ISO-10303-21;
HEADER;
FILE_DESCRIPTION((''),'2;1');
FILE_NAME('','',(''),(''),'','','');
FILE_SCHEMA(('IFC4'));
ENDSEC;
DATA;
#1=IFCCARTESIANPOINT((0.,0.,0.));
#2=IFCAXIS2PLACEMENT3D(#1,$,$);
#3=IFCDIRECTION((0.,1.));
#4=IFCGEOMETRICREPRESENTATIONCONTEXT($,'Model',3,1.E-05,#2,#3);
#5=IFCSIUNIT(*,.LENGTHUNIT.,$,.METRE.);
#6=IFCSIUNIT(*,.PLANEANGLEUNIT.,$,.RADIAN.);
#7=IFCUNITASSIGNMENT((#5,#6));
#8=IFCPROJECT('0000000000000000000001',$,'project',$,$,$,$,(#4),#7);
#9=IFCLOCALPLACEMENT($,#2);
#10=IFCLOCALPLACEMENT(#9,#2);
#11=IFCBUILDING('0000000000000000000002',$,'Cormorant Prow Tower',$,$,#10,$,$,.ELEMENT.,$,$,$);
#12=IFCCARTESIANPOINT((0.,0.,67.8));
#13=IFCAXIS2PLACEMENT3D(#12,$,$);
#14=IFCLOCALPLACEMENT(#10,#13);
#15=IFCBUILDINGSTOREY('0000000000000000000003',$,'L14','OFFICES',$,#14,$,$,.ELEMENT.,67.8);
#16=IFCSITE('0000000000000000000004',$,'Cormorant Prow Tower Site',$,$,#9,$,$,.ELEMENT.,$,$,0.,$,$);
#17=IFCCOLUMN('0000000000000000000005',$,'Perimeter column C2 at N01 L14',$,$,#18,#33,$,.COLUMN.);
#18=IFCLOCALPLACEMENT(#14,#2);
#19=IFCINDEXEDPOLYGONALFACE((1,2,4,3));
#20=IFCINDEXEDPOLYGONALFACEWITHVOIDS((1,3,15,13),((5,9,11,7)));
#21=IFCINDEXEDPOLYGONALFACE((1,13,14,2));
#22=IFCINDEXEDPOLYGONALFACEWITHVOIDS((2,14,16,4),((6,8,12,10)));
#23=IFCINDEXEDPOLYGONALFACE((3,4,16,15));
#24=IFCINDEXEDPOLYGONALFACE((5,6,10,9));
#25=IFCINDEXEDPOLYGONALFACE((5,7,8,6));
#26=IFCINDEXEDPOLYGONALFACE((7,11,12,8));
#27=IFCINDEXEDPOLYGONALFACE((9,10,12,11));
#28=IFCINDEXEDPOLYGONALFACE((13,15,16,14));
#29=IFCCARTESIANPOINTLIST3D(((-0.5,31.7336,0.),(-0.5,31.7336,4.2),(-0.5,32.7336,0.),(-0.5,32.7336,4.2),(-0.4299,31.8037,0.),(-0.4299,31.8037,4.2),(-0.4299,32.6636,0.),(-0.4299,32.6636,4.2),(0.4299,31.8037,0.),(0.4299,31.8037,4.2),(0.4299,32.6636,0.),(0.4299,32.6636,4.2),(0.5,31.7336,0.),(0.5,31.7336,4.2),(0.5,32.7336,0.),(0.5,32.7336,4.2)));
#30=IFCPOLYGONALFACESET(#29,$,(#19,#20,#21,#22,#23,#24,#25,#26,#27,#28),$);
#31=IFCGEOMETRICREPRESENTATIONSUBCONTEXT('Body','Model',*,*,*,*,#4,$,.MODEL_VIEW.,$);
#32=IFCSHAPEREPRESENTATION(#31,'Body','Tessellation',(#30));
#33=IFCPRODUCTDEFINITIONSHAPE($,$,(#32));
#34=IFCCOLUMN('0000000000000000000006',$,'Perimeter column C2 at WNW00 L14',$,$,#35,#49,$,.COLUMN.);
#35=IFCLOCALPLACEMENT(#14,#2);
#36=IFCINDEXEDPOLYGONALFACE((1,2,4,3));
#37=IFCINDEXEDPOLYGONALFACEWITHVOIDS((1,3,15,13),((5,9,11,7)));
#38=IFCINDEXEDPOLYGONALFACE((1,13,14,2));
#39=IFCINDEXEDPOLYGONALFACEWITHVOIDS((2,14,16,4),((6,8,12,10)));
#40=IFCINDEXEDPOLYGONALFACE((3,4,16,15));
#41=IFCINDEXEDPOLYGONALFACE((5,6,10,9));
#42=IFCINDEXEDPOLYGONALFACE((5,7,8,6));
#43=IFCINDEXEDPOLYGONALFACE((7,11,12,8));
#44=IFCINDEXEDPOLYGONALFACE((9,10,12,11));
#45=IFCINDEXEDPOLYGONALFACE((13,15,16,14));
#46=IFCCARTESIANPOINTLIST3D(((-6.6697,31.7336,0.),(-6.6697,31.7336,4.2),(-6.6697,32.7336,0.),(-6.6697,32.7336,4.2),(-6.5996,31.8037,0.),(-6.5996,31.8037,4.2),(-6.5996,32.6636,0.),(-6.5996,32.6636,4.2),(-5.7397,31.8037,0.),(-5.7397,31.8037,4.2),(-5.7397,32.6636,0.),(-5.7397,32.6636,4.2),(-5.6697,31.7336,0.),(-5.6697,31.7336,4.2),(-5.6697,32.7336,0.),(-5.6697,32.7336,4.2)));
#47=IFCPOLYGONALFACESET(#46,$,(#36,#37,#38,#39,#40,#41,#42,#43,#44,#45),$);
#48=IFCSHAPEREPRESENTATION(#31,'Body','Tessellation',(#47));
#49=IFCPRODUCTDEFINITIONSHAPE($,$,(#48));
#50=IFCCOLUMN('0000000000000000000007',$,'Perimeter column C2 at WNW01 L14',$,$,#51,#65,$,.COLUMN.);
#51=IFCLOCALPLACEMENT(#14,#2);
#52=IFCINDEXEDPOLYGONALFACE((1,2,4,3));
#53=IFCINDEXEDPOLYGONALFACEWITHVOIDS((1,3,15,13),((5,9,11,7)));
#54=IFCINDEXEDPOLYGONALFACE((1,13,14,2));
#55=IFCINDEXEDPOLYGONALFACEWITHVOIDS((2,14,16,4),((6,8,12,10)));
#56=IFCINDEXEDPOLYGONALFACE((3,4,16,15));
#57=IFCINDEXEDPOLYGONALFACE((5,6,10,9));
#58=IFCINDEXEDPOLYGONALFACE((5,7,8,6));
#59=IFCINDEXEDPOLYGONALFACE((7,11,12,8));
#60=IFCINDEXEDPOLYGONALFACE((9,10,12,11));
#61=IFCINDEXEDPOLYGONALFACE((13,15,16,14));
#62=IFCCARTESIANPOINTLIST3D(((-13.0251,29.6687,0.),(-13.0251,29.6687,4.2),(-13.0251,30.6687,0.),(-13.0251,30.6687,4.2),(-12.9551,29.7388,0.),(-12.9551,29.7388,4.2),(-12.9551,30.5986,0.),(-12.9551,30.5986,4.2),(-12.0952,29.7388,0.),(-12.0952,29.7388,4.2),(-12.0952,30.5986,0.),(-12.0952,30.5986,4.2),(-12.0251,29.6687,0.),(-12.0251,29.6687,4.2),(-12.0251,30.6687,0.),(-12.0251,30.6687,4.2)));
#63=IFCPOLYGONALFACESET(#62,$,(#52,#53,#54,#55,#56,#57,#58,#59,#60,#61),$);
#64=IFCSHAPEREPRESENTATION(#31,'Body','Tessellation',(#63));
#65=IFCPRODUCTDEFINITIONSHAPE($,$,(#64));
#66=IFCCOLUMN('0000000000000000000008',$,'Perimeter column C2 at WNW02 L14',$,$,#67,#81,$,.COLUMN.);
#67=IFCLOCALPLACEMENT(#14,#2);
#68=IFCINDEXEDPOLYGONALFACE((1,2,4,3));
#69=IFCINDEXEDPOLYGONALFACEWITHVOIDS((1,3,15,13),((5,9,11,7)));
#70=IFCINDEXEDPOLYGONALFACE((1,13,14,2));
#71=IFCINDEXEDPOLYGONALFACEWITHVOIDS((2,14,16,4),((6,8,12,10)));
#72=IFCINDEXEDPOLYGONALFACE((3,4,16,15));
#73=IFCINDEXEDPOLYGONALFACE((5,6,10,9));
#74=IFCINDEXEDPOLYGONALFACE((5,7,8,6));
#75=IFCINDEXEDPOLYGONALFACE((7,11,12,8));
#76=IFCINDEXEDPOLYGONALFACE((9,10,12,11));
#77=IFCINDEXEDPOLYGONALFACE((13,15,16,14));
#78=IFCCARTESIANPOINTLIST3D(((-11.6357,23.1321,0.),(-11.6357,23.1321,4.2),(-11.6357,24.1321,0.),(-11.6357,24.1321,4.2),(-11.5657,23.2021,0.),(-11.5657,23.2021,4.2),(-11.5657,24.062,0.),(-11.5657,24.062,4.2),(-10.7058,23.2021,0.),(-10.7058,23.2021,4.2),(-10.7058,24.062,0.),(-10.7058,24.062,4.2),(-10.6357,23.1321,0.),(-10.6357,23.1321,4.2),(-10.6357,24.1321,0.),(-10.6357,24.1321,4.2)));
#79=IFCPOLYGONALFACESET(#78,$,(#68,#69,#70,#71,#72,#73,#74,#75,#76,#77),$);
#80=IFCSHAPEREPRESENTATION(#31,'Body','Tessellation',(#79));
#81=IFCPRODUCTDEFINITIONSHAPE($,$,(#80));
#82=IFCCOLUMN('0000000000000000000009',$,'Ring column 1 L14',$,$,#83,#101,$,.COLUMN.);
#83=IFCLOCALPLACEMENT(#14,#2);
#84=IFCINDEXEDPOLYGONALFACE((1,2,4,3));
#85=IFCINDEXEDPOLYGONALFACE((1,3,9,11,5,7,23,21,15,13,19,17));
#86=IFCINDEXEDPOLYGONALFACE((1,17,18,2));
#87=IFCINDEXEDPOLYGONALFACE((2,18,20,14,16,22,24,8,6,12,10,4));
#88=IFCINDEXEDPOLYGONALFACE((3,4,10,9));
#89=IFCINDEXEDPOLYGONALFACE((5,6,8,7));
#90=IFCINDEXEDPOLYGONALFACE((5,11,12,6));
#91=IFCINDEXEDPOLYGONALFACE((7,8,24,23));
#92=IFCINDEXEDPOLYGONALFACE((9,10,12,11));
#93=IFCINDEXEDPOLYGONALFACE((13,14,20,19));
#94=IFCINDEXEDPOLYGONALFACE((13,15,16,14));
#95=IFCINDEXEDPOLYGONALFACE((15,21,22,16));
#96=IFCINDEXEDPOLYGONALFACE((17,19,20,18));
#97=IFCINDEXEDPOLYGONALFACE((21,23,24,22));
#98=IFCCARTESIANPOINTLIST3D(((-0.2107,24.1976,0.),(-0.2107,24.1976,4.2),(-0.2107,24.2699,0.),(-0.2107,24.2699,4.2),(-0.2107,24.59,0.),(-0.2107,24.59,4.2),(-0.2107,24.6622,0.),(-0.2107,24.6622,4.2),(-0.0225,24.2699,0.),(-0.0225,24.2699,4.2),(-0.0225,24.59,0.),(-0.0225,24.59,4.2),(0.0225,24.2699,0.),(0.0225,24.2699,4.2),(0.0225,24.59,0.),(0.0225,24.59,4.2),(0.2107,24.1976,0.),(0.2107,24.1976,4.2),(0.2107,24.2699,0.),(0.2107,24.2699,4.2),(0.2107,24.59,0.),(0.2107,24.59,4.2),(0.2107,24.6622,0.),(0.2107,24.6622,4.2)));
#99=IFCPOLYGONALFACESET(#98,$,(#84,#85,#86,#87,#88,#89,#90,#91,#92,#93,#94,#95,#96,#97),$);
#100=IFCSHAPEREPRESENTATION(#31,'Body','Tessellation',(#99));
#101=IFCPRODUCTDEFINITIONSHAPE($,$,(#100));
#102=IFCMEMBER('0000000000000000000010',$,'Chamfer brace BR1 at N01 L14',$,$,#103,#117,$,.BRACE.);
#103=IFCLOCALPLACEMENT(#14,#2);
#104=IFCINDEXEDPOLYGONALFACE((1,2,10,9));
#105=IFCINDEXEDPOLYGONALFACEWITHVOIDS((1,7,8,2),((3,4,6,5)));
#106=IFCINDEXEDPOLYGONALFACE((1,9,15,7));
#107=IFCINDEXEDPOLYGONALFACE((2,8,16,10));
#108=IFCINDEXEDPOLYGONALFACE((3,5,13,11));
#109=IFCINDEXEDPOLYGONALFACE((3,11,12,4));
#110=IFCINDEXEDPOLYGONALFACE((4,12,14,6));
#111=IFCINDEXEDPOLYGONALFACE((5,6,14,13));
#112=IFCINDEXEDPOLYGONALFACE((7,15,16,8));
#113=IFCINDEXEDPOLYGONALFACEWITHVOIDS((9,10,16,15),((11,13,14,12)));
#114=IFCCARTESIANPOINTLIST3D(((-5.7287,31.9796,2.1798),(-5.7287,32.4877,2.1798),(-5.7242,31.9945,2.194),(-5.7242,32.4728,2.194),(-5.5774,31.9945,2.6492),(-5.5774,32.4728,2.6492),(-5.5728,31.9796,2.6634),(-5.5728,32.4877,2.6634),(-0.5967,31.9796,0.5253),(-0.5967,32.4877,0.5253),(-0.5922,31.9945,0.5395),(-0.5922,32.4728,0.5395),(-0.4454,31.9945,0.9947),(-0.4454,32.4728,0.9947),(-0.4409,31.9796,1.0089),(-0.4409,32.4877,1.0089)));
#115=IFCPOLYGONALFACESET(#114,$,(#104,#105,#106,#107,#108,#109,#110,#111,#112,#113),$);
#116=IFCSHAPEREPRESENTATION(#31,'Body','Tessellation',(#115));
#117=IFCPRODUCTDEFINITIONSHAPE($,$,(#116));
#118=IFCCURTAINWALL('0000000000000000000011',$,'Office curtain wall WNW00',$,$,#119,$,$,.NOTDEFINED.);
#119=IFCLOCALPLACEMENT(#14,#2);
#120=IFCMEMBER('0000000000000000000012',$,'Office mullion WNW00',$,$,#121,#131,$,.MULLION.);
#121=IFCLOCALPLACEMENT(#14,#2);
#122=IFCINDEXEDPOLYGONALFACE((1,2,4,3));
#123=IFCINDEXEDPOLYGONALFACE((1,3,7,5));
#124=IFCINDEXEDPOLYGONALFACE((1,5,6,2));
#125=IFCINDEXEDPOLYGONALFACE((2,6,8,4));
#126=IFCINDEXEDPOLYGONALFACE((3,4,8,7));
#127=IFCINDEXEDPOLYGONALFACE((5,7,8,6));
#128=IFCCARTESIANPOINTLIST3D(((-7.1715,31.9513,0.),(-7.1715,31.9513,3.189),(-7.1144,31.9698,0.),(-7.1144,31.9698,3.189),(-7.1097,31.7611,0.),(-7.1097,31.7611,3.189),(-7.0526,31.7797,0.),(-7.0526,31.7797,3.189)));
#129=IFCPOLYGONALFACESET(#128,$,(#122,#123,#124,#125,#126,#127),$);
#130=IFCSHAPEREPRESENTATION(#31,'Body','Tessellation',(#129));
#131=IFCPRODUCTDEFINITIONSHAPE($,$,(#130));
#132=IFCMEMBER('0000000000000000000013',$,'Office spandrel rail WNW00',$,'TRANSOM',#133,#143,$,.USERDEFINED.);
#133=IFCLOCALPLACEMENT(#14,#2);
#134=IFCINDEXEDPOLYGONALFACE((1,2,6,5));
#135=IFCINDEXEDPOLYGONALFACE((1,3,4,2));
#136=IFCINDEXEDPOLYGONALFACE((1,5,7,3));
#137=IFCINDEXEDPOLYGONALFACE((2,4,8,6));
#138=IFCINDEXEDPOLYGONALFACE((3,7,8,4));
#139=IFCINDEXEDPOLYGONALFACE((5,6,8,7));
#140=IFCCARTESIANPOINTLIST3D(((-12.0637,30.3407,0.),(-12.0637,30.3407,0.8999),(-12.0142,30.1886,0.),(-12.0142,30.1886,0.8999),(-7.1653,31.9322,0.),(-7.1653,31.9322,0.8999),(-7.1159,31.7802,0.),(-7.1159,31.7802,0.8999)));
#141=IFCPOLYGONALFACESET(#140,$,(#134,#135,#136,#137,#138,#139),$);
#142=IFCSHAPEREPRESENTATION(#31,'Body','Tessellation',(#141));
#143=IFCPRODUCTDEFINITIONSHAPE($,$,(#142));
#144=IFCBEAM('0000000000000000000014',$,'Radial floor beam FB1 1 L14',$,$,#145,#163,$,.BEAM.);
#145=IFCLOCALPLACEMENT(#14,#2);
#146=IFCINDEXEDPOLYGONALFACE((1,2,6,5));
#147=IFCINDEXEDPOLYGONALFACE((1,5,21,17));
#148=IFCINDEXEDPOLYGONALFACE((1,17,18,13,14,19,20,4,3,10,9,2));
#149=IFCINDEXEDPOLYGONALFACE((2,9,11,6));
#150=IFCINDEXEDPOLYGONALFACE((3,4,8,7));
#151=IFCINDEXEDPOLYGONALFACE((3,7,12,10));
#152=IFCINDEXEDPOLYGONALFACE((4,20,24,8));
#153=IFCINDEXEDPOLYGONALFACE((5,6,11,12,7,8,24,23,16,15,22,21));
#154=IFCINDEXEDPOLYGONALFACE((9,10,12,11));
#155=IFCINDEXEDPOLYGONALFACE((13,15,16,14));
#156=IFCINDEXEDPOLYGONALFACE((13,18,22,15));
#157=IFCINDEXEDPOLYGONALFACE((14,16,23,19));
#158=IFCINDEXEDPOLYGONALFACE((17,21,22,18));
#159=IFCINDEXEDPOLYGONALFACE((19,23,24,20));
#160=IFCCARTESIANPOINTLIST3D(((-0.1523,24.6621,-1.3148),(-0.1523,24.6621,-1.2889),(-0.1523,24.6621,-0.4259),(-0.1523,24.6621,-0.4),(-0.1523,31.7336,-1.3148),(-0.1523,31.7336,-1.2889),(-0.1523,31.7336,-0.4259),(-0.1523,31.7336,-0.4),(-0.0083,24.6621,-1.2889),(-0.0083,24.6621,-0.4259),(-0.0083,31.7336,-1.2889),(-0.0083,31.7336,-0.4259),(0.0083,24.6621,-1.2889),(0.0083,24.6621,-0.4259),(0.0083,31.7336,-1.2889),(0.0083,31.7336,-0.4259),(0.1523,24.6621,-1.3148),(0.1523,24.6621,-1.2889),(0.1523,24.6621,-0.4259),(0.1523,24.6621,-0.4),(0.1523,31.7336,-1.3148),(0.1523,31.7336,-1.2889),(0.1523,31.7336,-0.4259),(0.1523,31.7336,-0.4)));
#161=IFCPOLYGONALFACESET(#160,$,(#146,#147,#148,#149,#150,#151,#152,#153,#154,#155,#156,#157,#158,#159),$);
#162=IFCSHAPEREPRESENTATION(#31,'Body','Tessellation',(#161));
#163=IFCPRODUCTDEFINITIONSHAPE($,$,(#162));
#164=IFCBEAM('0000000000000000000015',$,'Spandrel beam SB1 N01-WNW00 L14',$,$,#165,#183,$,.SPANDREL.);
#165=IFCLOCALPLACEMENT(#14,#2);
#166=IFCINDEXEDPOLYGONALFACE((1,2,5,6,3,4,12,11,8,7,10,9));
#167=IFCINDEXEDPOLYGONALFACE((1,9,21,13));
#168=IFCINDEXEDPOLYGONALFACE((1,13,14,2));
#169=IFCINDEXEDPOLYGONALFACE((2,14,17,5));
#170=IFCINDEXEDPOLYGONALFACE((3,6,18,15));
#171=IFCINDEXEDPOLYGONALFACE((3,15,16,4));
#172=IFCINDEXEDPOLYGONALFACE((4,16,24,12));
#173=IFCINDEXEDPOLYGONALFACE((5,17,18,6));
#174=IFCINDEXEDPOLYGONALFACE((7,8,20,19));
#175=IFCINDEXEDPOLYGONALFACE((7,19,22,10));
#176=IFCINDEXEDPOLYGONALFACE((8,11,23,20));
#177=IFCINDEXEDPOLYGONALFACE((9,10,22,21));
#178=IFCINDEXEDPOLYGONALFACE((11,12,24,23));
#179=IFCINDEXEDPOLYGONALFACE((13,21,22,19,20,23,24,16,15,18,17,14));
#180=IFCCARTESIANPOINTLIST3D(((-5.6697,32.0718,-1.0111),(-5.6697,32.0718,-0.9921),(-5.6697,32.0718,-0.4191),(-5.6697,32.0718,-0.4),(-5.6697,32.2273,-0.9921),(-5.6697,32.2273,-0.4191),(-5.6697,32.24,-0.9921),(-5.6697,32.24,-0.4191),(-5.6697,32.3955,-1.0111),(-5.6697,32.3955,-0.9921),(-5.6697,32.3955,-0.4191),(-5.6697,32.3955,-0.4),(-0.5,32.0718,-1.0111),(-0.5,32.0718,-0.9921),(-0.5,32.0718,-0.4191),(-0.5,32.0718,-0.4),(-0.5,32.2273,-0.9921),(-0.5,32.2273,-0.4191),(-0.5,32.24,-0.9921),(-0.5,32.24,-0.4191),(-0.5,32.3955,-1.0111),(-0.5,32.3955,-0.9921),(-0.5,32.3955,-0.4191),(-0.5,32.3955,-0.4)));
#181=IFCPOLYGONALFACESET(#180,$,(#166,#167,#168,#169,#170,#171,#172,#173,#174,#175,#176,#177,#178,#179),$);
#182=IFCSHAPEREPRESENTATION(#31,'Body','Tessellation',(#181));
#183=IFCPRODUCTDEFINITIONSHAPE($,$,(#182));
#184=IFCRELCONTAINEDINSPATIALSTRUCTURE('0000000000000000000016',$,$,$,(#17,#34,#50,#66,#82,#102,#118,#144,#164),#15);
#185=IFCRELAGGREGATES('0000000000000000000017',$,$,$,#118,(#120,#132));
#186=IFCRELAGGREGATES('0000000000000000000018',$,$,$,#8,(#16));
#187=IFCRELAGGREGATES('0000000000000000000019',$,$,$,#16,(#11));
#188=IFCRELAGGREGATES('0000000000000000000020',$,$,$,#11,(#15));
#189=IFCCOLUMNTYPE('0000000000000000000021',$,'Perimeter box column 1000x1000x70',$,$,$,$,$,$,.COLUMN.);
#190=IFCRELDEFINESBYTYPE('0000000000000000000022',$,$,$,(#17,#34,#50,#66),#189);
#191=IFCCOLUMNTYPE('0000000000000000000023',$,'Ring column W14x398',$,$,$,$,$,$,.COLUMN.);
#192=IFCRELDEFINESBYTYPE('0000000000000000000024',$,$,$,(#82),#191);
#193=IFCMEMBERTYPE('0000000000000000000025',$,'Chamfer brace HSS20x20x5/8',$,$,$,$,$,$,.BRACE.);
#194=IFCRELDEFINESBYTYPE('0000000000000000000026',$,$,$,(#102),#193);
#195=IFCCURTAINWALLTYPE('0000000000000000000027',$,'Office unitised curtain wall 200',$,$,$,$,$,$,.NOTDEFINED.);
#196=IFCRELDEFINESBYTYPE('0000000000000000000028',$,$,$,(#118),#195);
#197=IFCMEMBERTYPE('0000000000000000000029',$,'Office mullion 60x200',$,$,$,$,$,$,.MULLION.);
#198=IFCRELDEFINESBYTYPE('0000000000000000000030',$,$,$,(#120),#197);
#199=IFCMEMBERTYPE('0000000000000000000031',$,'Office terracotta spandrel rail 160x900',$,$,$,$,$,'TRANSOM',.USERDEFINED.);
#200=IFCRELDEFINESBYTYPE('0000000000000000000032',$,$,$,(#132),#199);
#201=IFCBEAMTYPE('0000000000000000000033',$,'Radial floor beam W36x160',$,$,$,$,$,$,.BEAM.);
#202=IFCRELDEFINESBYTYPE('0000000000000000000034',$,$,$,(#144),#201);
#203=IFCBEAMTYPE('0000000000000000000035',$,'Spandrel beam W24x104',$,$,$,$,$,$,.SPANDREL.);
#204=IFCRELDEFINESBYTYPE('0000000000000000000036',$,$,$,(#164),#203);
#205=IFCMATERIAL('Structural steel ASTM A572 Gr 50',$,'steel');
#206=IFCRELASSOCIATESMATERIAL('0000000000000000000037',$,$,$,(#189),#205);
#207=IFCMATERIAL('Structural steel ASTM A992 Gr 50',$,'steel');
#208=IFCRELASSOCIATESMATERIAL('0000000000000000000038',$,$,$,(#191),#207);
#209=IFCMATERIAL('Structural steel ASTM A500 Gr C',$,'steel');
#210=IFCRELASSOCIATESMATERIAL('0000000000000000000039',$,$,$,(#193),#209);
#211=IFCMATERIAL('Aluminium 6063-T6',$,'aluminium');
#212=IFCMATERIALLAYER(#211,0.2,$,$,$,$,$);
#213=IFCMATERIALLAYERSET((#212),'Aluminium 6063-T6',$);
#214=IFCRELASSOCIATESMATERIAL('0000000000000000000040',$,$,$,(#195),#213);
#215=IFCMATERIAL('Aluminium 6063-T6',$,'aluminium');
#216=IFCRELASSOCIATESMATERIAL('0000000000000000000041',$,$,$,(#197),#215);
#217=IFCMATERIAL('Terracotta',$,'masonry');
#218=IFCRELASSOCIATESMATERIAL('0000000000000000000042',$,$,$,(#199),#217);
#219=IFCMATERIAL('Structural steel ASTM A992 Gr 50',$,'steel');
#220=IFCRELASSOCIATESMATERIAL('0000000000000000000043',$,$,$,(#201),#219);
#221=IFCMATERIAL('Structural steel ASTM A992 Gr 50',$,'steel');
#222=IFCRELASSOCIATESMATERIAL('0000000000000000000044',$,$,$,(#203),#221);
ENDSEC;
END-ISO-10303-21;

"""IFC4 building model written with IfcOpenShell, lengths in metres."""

from ifc_helpers import new_model, si_unit, direction, frame, origin, origin_2d, place, context, subcontext, project, spatial, rectangle, hollow_rectangle, i_section, extrude, material, layer, layer_set, material_profile, profile_set, type_object, element, aggregate, save


model = new_model("IFC4")

# Units and contexts
model_context = context("Model", 3, precision=1e-05, world=origin(), true_north=direction((0.0, 1.0)))
body_context = subcontext(model_context, "Body", "Model", "MODEL_VIEW")
ifc_project = project(units=[si_unit("LENGTHUNIT", "METRE"), si_unit("PLANEANGLEUNIT", "RADIAN")], contexts=[model_context])

# Site, building, storey
site_placement = place(None, origin())
site = spatial("IfcSite", under=ifc_project, at=site_placement, Name="Cormorant Prow Tower Site", CompositionType="ELEMENT", RefElevation=0.0)
building_placement = place(site_placement, origin())
building = spatial("IfcBuilding", under=site, at=building_placement, Name="Cormorant Prow Tower", CompositionType="ELEMENT")
storey_placement = place(building_placement, frame((0.0, 0.0, 67.8)))
storey = spatial("IfcBuildingStorey", under=building, at=storey_placement, Name="L14", Description="OFFICES", CompositionType="ELEMENT", Elevation=67.8)

# Columns
ifc_material_1 = material(Name="Structural steel ASTM A572 Gr 50", Category="steel")
ifc_material_profile_1 = material_profile(ifc_material_1, hollow_rectangle(XDim=1.0, YDim=1.0, WallThickness=0.0701, at=origin_2d()), Name="Box 1000x1000x70")
ifc_profile_set_1 = profile_set([ifc_material_profile_1], Name="Structural steel ASTM A572 Gr 50")
column_type_1 = type_object("IfcColumnType", Name="Perimeter box column 1000x1000x70", PredefinedType="COLUMN", material=ifc_profile_set_1)
for number, where, z_axis, x_axis, name in (
    (1, (0.0, 32.2336, 0.0), (0.0, 0.0, 1.0), (1.0, 0.0, 0.0), "Perimeter column C2 at N01 L14"),
    (2, (-6.1697, 32.2336, 0.0), (0.0, 0.0, 1.0), (1.0, 0.0, 0.0), "Perimeter column C2 at WNW00 L14"),
    (3, (-12.5251, 30.1687, 0.0), (0.0, 0.0, 1.0), (1.0, 0.0, 0.0), "Perimeter column C2 at WNW01 L14"),
    (4, (-11.1357, 23.6321, 0.0), (0.0, 0.0, 1.0), (1.0, 0.0, 0.0), "Perimeter column C2 at WNW02 L14"),
):
    element("IfcColumn", number, at=place(storey_placement, frame(where, z_axis=z_axis, x_axis=x_axis)), inside=storey, type_object=column_type_1, Name=name, PredefinedType="COLUMN", context=body_context, shape_type="SweptSolid", body=[
        extrude(hollow_rectangle(XDim=1.0, YDim=1.0, WallThickness=0.0701, at=origin_2d()), origin(), (0.0, 0.0, 1.0), 4.2),
    ])
ifc_material_2 = material(Name="Structural steel ASTM A992 Gr 50", Category="steel")
ifc_material_profile_2 = material_profile(ifc_material_2, i_section(OverallWidth=0.4214, OverallDepth=0.4646, WebThickness=0.0449, FlangeThickness=0.0723, at=origin_2d()), Name="W14x398")
ifc_profile_set_2 = profile_set([ifc_material_profile_2], Name="Structural steel ASTM A992 Gr 50")
column_type_2 = type_object("IfcColumnType", Name="Ring column W14x398", PredefinedType="COLUMN", material=ifc_profile_set_2)
column_placement = place(storey_placement, frame((0.0, 24.4299, 0.0), z_axis=(0.0, 0.0, 1.0), x_axis=(1.0, 0.0, 0.0)))
element("IfcColumn", 5, at=column_placement, inside=storey, type_object=column_type_2, Name="Ring column 1 L14", PredefinedType="COLUMN", context=body_context, shape_type="SweptSolid", body=[
    extrude(i_section(OverallWidth=0.4214, OverallDepth=0.4646, WebThickness=0.0449, FlangeThickness=0.0723, at=origin_2d()), origin(), (0.0, 0.0, 1.0), 4.2),
])

# Member
ifc_material_3 = material(Name="Structural steel ASTM A500 Gr C", Category="steel")
ifc_material_profile_3 = material_profile(ifc_material_3, hollow_rectangle(XDim=0.5081, YDim=0.5081, WallThickness=0.0149, at=origin_2d()), Name="HSS20x20x5/8")
ifc_profile_set_3 = profile_set([ifc_material_profile_3], Name="Structural steel ASTM A500 Gr C")
member_type_1 = type_object("IfcMemberType", Name="Chamfer brace HSS20x20x5/8", PredefinedType="BRACE", material=ifc_profile_set_3)
member_1_placement = place(storey_placement, frame((-0.5188, 32.2336, 0.7671), z_axis=(-0.951761, 0.0, 0.30684), x_axis=(0.0, -1.0, 0.0)))
element("IfcMember", 6, at=member_1_placement, inside=storey, type_object=member_type_1, Name="Chamfer brace BR1 at N01 L14", PredefinedType="BRACE", context=body_context, shape_type="SweptSolid", body=[
    extrude(hollow_rectangle(XDim=0.5081, YDim=0.5081, WallThickness=0.0149, at=origin_2d()), origin(), (0.0, 0.0, 1.0), 5.3921),
])

# Curtain wall, members
ifc_material_4 = material(Name="Aluminium 6063-T6", Category="aluminium")
ifc_layer_1 = layer(ifc_material_4, 0.2)
ifc_layer_set_1 = layer_set([ifc_layer_1], Name="Aluminium 6063-T6")
curtain_wall_type = type_object("IfcCurtainWallType", Name="Office unitised curtain wall 200", PredefinedType="NOTDEFINED", material=ifc_layer_set_1)
curtain_wall_placement = place(storey_placement, origin())
curtain_wall = element("IfcCurtainWall", 7, at=curtain_wall_placement, inside=storey, type_object=curtain_wall_type, Name="Office curtain wall WNW00", PredefinedType="NOTDEFINED")
ifc_material_5 = material(Name="Aluminium 6063-T6", Category="aluminium")
ifc_material_profile_4 = material_profile(ifc_material_5, rectangle(XDim=0.2, YDim=0.0601, at=origin_2d()), Name="Office mullion 60x200")
ifc_profile_set_4 = profile_set([ifc_material_profile_4], Name="Aluminium 6063-T6")
member_type_2 = type_object("IfcMemberType", Name="Office mullion 60x200", PredefinedType="MULLION", material=ifc_profile_set_4)
member_2_placement = place(storey_placement, frame((-7.1121, 31.8655, 0.0), z_axis=(0.0, 0.0, 1.0), x_axis=(0.309017, -0.951057, 0.0)))
member_2 = element("IfcMember", 8, at=member_2_placement, type_object=member_type_2, Name="Office mullion WNW00", PredefinedType="MULLION", context=body_context, shape_type="SweptSolid", body=[
    extrude(rectangle(XDim=0.2, YDim=0.0601, at=origin_2d()), origin(), (0.0, 0.0, 1.0), 3.189),
])
ifc_material_6 = material(Name="Terracotta", Category="masonry")
ifc_material_profile_5 = material_profile(ifc_material_6, rectangle(XDim=0.1599, YDim=0.8999, at=origin_2d()), Name="Office terracotta spandrel rail 160x900")
ifc_profile_set_5 = profile_set([ifc_material_profile_5], Name="Terracotta")
member_type_3 = type_object("IfcMemberType", Name="Office terracotta spandrel rail 160x900", ElementType="TRANSOM", PredefinedType="USERDEFINED", material=ifc_profile_set_5)
member_3_placement = place(storey_placement, frame((-7.1406, 31.8562, 0.45), z_axis=(-0.951059, -0.309009, 0.0), x_axis=(0.309009, -0.951059, 0.0)))
member_3 = element("IfcMember", 9, at=member_3_placement, type_object=member_type_3, Name="Office spandrel rail WNW00", ObjectType="TRANSOM", PredefinedType="USERDEFINED", context=body_context, shape_type="SweptSolid", body=[
    extrude(rectangle(XDim=0.1599, YDim=0.8999, at=origin_2d()), origin(), (0.0, 0.0, 1.0), 5.1504),
])

# Beams
ifc_material_7 = material(Name="Structural steel ASTM A992 Gr 50", Category="steel")
ifc_material_profile_6 = material_profile(ifc_material_7, i_section(OverallWidth=0.3047, OverallDepth=0.9148, WebThickness=0.0166, FlangeThickness=0.0259, at=origin_2d()), Name="W36x160")
ifc_profile_set_6 = profile_set([ifc_material_profile_6], Name="Structural steel ASTM A992 Gr 50")
beam_type_1 = type_object("IfcBeamType", Name="Radial floor beam W36x160", PredefinedType="BEAM", material=ifc_profile_set_6)
beam_1_placement = place(storey_placement, frame((0.0, 24.6621, -0.8574), z_axis=(0.0, 1.0, 0.0), x_axis=(-1.0, 0.0, 0.0)))
element("IfcBeam", 10, at=beam_1_placement, inside=storey, type_object=beam_type_1, Name="Radial floor beam FB1 1 L14", PredefinedType="BEAM", context=body_context, shape_type="SweptSolid", body=[
    extrude(i_section(OverallWidth=0.3047, OverallDepth=0.9148, WebThickness=0.0166, FlangeThickness=0.0259, at=origin_2d()), origin(), (0.0, 0.0, 1.0), 7.0715),
])
ifc_material_8 = material(Name="Structural steel ASTM A992 Gr 50", Category="steel")
ifc_material_profile_7 = material_profile(ifc_material_8, i_section(OverallWidth=0.3237, OverallDepth=0.6111, WebThickness=0.0127, FlangeThickness=0.019, at=origin_2d()), Name="W24x104")
ifc_profile_set_7 = profile_set([ifc_material_profile_7], Name="Structural steel ASTM A992 Gr 50")
beam_type_2 = type_object("IfcBeamType", Name="Spandrel beam W24x104", PredefinedType="SPANDREL", material=ifc_profile_set_7)
beam_2_placement = place(storey_placement, frame((-0.5, 32.2336, -0.7056), z_axis=(-1.0, 0.0, 0.0), x_axis=(0.0, -1.0, 0.0)))
element("IfcBeam", 11, at=beam_2_placement, inside=storey, type_object=beam_type_2, Name="Spandrel beam SB1 N01-WNW00 L14", PredefinedType="SPANDREL", context=body_context, shape_type="SweptSolid", body=[
    extrude(i_section(OverallWidth=0.3237, OverallDepth=0.6111, WebThickness=0.0127, FlangeThickness=0.019, at=origin_2d()), origin(), (0.0, 0.0, 1.0), 5.1697),
])

aggregate(curtain_wall, [member_2, member_3])

save(model, "model.ifc")
